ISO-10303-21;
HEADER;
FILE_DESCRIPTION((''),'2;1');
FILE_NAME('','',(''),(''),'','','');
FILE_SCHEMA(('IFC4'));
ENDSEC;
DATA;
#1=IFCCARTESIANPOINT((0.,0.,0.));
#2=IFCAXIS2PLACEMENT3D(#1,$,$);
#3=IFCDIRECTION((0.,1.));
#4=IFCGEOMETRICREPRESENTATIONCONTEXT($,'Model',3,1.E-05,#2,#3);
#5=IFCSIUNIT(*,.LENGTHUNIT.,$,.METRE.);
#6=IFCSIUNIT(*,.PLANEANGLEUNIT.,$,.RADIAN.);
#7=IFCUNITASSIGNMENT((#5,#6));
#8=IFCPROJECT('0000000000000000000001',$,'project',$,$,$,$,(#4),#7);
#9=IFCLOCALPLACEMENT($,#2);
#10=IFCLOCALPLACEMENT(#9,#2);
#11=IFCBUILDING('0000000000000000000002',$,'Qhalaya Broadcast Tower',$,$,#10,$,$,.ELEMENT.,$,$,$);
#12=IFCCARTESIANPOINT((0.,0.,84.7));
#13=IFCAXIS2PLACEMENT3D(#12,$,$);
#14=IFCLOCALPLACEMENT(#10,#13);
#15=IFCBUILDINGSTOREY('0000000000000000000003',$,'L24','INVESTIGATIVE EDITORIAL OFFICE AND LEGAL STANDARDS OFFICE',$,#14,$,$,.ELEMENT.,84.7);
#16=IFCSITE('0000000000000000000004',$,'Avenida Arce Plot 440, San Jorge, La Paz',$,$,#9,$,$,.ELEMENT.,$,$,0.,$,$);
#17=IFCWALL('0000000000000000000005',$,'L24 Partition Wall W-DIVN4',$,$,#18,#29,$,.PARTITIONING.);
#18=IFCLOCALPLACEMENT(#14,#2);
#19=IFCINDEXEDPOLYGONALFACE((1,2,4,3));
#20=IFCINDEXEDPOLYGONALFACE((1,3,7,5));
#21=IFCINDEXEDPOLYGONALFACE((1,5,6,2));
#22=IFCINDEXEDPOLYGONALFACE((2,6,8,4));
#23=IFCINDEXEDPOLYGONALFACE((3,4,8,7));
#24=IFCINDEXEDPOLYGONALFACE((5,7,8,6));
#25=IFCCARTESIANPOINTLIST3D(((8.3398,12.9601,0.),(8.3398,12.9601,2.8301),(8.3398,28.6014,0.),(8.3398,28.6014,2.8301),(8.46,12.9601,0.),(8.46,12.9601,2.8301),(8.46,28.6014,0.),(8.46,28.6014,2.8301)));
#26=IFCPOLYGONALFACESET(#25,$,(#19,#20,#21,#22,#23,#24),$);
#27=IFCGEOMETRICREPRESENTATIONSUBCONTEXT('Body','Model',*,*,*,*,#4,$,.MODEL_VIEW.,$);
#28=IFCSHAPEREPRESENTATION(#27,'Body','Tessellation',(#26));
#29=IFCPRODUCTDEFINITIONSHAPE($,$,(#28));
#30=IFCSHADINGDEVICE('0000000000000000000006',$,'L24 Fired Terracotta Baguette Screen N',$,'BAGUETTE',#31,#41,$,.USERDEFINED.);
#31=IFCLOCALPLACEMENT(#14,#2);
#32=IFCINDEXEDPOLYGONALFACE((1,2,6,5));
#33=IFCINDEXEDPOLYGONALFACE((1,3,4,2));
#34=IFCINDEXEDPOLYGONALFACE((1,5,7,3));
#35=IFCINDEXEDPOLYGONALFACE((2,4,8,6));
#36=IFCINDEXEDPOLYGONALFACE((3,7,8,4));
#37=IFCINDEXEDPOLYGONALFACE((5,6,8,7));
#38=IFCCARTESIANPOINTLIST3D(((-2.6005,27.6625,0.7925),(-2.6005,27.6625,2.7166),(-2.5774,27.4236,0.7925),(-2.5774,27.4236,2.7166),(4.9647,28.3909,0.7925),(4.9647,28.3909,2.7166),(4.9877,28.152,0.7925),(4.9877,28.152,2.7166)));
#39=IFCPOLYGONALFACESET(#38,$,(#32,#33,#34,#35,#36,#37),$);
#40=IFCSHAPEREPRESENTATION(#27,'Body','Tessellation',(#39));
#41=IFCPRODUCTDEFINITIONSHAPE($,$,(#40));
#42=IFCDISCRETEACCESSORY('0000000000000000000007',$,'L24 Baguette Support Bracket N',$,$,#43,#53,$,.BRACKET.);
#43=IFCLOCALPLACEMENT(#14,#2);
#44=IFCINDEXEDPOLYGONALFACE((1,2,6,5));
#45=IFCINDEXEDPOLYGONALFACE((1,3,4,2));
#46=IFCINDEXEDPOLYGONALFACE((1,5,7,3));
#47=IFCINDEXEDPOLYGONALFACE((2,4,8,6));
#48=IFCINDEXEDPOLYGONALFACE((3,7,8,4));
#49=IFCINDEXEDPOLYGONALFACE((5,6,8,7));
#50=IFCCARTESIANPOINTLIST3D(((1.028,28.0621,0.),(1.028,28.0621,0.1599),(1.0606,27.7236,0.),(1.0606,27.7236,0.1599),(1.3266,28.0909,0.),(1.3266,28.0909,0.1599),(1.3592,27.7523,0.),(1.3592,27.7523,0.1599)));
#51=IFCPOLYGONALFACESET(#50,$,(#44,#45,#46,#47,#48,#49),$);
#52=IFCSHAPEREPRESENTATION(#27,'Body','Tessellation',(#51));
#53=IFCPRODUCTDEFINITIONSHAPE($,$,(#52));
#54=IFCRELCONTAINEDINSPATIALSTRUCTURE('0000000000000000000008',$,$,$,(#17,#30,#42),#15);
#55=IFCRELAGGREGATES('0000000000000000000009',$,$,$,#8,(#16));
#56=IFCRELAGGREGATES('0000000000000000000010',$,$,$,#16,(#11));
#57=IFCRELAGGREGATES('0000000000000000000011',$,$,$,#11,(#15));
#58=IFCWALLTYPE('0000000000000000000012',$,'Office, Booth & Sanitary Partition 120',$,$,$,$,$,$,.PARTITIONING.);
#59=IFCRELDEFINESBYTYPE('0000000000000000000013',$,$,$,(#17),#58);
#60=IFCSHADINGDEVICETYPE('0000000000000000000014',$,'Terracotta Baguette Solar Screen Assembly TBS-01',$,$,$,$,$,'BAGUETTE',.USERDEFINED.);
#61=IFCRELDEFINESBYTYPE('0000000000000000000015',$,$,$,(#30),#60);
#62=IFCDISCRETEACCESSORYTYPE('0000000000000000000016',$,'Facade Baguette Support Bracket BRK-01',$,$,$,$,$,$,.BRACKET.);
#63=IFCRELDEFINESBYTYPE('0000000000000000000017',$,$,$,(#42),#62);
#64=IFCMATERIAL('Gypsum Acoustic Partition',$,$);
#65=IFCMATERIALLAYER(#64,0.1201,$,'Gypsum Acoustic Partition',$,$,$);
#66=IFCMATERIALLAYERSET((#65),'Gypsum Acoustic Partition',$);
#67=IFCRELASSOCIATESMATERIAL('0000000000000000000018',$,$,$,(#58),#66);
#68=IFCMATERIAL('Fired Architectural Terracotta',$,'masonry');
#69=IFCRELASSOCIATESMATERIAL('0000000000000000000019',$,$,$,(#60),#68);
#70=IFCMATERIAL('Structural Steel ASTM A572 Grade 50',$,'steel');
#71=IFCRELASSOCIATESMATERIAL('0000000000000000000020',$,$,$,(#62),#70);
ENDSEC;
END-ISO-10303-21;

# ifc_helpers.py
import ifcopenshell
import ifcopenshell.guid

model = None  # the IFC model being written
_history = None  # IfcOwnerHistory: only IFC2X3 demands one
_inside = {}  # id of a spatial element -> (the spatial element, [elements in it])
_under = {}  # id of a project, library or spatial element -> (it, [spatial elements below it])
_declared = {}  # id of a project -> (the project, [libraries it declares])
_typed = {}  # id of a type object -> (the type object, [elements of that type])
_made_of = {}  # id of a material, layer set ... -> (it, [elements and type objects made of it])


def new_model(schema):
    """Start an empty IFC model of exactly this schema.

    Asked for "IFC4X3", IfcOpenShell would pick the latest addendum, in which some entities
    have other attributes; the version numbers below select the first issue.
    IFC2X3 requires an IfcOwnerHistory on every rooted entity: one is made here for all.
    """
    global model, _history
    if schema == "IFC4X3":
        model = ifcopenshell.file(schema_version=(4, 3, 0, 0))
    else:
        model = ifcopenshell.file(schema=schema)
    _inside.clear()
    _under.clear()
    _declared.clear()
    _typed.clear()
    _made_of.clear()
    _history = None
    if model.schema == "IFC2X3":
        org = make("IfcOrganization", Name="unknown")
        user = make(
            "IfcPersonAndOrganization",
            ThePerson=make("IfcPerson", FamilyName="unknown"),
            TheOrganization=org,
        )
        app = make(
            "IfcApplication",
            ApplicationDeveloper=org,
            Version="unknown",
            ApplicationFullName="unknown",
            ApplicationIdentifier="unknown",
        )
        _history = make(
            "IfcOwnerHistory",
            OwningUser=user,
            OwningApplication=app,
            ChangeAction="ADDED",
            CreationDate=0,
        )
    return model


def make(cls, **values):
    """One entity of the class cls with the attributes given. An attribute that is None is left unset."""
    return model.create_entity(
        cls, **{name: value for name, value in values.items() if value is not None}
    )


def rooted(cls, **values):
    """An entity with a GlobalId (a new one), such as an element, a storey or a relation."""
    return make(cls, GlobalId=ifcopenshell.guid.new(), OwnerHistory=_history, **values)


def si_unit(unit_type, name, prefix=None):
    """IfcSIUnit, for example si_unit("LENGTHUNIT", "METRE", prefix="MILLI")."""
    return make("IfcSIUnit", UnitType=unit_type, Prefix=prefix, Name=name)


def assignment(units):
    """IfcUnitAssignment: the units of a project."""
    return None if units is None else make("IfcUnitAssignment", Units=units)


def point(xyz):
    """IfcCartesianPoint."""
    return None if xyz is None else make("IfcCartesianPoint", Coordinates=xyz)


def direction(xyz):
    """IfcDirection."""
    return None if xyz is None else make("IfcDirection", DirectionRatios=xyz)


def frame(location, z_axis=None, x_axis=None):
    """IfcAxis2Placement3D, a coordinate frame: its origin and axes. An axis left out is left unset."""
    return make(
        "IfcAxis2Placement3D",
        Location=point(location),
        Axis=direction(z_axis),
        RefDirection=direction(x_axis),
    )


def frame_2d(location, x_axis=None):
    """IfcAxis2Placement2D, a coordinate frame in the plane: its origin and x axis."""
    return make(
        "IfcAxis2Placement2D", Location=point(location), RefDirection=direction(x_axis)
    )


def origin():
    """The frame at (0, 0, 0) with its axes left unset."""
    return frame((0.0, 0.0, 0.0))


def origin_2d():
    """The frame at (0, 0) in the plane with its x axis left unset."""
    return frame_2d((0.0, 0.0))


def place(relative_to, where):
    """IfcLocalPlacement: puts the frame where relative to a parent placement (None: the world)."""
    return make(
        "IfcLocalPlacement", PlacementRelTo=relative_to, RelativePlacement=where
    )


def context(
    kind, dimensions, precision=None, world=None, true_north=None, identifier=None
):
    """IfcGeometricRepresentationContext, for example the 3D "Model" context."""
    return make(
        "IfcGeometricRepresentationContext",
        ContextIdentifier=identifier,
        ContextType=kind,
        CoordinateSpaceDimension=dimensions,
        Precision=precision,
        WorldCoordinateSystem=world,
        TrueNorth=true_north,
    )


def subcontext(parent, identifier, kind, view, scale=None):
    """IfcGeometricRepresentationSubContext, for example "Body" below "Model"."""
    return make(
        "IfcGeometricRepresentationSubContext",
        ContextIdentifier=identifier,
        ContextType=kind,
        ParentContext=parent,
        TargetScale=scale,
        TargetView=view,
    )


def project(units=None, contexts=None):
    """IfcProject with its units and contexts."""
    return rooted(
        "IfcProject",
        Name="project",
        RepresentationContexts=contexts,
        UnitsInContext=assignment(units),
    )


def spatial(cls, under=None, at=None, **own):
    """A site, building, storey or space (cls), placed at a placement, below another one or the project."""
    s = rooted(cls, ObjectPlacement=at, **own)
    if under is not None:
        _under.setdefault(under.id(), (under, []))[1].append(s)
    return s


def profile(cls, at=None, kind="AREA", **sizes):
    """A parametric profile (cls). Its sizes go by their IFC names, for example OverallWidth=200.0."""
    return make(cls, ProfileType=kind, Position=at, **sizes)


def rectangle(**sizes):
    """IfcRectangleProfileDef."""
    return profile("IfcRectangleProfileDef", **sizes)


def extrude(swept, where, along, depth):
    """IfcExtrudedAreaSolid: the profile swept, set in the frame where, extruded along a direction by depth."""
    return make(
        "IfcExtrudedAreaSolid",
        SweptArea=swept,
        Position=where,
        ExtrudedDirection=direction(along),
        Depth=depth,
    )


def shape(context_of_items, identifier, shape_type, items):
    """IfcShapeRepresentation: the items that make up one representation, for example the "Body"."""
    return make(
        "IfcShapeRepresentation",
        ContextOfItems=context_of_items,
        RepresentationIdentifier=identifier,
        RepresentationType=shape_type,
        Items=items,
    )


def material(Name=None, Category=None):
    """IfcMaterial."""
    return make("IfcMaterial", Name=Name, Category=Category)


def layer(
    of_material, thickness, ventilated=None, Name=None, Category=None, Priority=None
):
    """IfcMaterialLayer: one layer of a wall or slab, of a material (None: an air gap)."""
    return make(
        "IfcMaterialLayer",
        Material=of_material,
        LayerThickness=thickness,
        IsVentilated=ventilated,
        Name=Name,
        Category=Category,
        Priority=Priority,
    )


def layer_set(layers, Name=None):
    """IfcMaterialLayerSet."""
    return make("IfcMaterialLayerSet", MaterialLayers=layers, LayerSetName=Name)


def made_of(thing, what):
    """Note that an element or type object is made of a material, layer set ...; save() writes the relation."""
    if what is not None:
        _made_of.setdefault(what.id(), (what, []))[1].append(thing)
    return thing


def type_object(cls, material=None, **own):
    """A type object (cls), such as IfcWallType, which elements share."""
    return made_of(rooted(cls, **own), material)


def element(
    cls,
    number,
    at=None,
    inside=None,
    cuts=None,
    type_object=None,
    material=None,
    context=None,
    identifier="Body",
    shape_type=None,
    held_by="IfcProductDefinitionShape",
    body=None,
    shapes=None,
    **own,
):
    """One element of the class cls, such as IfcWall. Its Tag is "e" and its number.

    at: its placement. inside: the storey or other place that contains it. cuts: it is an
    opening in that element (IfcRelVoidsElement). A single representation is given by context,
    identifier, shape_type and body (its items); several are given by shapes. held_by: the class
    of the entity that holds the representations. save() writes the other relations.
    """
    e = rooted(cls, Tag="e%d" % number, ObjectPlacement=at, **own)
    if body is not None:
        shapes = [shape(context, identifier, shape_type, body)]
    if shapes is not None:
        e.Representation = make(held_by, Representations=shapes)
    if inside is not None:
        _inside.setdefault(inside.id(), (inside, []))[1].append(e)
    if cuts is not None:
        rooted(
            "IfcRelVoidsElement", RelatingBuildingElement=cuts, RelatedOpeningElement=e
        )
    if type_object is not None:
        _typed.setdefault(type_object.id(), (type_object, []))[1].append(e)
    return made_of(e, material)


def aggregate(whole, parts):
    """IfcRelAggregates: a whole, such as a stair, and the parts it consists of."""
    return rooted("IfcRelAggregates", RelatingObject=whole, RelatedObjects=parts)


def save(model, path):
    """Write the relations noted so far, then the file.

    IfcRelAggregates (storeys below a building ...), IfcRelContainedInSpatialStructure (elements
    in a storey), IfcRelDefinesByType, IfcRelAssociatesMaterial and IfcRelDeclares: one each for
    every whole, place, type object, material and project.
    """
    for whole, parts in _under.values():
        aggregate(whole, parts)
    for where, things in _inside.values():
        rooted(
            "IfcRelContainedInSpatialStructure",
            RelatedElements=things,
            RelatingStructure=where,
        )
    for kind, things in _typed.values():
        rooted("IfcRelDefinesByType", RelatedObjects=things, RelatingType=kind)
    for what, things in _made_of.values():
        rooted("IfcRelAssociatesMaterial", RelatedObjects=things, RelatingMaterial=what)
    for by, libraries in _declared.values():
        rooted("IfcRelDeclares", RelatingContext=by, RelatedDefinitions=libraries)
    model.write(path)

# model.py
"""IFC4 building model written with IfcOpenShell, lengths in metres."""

from ifc_helpers import new_model, si_unit, direction, frame, frame_2d, origin, origin_2d, place, context, subcontext, project, spatial, rectangle, extrude, material, layer, layer_set, type_object, element, save


model = new_model("IFC4")

# Units and contexts
model_context = context("Model", 3, precision=1e-05, world=origin(), true_north=direction((0.0, 1.0)))
body_context = subcontext(model_context, "Body", "Model", "MODEL_VIEW")
ifc_project = project(units=[si_unit("LENGTHUNIT", "METRE"), si_unit("PLANEANGLEUNIT", "RADIAN")], contexts=[model_context])

# Site, building, storey
site_placement = place(None, origin())
site = spatial("IfcSite", under=ifc_project, at=site_placement, Name="Avenida Arce Plot 440, San Jorge, La Paz", CompositionType="ELEMENT", RefElevation=0.0)
building_placement = place(site_placement, origin())
building = spatial("IfcBuilding", under=site, at=building_placement, Name="Qhalaya Broadcast Tower", CompositionType="ELEMENT")
storey_placement = place(building_placement, frame((0.0, 0.0, 84.7)))
storey = spatial("IfcBuildingStorey", under=building, at=storey_placement, Name="L24", Description="INVESTIGATIVE EDITORIAL OFFICE AND LEGAL STANDARDS OFFICE", CompositionType="ELEMENT", Elevation=84.7)

# Shared definitions
ifc_material_1 = material(Name="Structural Steel ASTM A572 Grade 50", Category="steel")

# Shared definitions
ifc_material_2 = material(Name="Fired Architectural Terracotta", Category="masonry")

# Shared definitions
ifc_material_3 = material(Name="Gypsum Acoustic Partition")

# Wall
ifc_layer_1 = layer(ifc_material_3, 0.1201, Name="Gypsum Acoustic Partition")
ifc_layer_set_1 = layer_set([ifc_layer_1], Name="Gypsum Acoustic Partition")
wall_type_1 = type_object("IfcWallType", Name="Office, Booth & Sanitary Partition 120", PredefinedType="PARTITIONING", material=ifc_layer_set_1)
wall_1_placement = place(storey_placement, frame((8.3999, 12.96, 0.0), z_axis=(0.0, 0.0, 1.0), x_axis=(0.0, 1.0, 0.0)))
element("IfcWall", 1, at=wall_1_placement, inside=storey, type_object=wall_type_1, Name="L24 Partition Wall W-DIVN4", PredefinedType="PARTITIONING", context=body_context, shape_type="SweptSolid", body=[
    extrude(rectangle(XDim=15.6414, YDim=0.1201, at=frame_2d((7.8208, 0.0))), origin(), (0.0, 0.0, 1.0), 2.8301),
])

# Shading device
shading_device_type = type_object("IfcShadingDeviceType", Name="Terracotta Baguette Solar Screen Assembly TBS-01", ElementType="BAGUETTE", PredefinedType="USERDEFINED", material=ifc_material_2)
shading_device_placement = place(storey_placement, frame((1.1936, 27.9072, 0.7925), z_axis=(0.0, 0.0, 1.0), x_axis=(-0.995396, -0.095846, 0.0)))
element("IfcShadingDevice", 2, at=shading_device_placement, inside=storey, type_object=shading_device_type, Name="L24 Fired Terracotta Baguette Screen N", ObjectType="BAGUETTE", PredefinedType="USERDEFINED", context=body_context, shape_type="SweptSolid", body=[
    extrude(rectangle(XDim=7.6001, YDim=0.24, at=origin_2d()), origin(), (0.0, 0.0, 1.0), 1.9241),
])

# Discrete accessory
discrete_accessory_type = type_object("IfcDiscreteAccessoryType", Name="Facade Baguette Support Bracket BRK-01", PredefinedType="BRACKET", material=ifc_material_1)
discrete_accessory_placement = place(storey_placement, frame((1.1936, 27.9072, 0.0), z_axis=(0.0, 0.0, 1.0), x_axis=(-0.995396, -0.095846, 0.0)))
element("IfcDiscreteAccessory", 3, at=discrete_accessory_placement, inside=storey, type_object=discrete_accessory_type, Name="L24 Baguette Support Bracket N", PredefinedType="BRACKET", context=body_context, shape_type="SweptSolid", body=[
    extrude(rectangle(XDim=0.3, YDim=0.3401, at=origin_2d()), origin(), (0.0, 0.0, 1.0), 0.1599),
])

save(model, "model.ifc")
